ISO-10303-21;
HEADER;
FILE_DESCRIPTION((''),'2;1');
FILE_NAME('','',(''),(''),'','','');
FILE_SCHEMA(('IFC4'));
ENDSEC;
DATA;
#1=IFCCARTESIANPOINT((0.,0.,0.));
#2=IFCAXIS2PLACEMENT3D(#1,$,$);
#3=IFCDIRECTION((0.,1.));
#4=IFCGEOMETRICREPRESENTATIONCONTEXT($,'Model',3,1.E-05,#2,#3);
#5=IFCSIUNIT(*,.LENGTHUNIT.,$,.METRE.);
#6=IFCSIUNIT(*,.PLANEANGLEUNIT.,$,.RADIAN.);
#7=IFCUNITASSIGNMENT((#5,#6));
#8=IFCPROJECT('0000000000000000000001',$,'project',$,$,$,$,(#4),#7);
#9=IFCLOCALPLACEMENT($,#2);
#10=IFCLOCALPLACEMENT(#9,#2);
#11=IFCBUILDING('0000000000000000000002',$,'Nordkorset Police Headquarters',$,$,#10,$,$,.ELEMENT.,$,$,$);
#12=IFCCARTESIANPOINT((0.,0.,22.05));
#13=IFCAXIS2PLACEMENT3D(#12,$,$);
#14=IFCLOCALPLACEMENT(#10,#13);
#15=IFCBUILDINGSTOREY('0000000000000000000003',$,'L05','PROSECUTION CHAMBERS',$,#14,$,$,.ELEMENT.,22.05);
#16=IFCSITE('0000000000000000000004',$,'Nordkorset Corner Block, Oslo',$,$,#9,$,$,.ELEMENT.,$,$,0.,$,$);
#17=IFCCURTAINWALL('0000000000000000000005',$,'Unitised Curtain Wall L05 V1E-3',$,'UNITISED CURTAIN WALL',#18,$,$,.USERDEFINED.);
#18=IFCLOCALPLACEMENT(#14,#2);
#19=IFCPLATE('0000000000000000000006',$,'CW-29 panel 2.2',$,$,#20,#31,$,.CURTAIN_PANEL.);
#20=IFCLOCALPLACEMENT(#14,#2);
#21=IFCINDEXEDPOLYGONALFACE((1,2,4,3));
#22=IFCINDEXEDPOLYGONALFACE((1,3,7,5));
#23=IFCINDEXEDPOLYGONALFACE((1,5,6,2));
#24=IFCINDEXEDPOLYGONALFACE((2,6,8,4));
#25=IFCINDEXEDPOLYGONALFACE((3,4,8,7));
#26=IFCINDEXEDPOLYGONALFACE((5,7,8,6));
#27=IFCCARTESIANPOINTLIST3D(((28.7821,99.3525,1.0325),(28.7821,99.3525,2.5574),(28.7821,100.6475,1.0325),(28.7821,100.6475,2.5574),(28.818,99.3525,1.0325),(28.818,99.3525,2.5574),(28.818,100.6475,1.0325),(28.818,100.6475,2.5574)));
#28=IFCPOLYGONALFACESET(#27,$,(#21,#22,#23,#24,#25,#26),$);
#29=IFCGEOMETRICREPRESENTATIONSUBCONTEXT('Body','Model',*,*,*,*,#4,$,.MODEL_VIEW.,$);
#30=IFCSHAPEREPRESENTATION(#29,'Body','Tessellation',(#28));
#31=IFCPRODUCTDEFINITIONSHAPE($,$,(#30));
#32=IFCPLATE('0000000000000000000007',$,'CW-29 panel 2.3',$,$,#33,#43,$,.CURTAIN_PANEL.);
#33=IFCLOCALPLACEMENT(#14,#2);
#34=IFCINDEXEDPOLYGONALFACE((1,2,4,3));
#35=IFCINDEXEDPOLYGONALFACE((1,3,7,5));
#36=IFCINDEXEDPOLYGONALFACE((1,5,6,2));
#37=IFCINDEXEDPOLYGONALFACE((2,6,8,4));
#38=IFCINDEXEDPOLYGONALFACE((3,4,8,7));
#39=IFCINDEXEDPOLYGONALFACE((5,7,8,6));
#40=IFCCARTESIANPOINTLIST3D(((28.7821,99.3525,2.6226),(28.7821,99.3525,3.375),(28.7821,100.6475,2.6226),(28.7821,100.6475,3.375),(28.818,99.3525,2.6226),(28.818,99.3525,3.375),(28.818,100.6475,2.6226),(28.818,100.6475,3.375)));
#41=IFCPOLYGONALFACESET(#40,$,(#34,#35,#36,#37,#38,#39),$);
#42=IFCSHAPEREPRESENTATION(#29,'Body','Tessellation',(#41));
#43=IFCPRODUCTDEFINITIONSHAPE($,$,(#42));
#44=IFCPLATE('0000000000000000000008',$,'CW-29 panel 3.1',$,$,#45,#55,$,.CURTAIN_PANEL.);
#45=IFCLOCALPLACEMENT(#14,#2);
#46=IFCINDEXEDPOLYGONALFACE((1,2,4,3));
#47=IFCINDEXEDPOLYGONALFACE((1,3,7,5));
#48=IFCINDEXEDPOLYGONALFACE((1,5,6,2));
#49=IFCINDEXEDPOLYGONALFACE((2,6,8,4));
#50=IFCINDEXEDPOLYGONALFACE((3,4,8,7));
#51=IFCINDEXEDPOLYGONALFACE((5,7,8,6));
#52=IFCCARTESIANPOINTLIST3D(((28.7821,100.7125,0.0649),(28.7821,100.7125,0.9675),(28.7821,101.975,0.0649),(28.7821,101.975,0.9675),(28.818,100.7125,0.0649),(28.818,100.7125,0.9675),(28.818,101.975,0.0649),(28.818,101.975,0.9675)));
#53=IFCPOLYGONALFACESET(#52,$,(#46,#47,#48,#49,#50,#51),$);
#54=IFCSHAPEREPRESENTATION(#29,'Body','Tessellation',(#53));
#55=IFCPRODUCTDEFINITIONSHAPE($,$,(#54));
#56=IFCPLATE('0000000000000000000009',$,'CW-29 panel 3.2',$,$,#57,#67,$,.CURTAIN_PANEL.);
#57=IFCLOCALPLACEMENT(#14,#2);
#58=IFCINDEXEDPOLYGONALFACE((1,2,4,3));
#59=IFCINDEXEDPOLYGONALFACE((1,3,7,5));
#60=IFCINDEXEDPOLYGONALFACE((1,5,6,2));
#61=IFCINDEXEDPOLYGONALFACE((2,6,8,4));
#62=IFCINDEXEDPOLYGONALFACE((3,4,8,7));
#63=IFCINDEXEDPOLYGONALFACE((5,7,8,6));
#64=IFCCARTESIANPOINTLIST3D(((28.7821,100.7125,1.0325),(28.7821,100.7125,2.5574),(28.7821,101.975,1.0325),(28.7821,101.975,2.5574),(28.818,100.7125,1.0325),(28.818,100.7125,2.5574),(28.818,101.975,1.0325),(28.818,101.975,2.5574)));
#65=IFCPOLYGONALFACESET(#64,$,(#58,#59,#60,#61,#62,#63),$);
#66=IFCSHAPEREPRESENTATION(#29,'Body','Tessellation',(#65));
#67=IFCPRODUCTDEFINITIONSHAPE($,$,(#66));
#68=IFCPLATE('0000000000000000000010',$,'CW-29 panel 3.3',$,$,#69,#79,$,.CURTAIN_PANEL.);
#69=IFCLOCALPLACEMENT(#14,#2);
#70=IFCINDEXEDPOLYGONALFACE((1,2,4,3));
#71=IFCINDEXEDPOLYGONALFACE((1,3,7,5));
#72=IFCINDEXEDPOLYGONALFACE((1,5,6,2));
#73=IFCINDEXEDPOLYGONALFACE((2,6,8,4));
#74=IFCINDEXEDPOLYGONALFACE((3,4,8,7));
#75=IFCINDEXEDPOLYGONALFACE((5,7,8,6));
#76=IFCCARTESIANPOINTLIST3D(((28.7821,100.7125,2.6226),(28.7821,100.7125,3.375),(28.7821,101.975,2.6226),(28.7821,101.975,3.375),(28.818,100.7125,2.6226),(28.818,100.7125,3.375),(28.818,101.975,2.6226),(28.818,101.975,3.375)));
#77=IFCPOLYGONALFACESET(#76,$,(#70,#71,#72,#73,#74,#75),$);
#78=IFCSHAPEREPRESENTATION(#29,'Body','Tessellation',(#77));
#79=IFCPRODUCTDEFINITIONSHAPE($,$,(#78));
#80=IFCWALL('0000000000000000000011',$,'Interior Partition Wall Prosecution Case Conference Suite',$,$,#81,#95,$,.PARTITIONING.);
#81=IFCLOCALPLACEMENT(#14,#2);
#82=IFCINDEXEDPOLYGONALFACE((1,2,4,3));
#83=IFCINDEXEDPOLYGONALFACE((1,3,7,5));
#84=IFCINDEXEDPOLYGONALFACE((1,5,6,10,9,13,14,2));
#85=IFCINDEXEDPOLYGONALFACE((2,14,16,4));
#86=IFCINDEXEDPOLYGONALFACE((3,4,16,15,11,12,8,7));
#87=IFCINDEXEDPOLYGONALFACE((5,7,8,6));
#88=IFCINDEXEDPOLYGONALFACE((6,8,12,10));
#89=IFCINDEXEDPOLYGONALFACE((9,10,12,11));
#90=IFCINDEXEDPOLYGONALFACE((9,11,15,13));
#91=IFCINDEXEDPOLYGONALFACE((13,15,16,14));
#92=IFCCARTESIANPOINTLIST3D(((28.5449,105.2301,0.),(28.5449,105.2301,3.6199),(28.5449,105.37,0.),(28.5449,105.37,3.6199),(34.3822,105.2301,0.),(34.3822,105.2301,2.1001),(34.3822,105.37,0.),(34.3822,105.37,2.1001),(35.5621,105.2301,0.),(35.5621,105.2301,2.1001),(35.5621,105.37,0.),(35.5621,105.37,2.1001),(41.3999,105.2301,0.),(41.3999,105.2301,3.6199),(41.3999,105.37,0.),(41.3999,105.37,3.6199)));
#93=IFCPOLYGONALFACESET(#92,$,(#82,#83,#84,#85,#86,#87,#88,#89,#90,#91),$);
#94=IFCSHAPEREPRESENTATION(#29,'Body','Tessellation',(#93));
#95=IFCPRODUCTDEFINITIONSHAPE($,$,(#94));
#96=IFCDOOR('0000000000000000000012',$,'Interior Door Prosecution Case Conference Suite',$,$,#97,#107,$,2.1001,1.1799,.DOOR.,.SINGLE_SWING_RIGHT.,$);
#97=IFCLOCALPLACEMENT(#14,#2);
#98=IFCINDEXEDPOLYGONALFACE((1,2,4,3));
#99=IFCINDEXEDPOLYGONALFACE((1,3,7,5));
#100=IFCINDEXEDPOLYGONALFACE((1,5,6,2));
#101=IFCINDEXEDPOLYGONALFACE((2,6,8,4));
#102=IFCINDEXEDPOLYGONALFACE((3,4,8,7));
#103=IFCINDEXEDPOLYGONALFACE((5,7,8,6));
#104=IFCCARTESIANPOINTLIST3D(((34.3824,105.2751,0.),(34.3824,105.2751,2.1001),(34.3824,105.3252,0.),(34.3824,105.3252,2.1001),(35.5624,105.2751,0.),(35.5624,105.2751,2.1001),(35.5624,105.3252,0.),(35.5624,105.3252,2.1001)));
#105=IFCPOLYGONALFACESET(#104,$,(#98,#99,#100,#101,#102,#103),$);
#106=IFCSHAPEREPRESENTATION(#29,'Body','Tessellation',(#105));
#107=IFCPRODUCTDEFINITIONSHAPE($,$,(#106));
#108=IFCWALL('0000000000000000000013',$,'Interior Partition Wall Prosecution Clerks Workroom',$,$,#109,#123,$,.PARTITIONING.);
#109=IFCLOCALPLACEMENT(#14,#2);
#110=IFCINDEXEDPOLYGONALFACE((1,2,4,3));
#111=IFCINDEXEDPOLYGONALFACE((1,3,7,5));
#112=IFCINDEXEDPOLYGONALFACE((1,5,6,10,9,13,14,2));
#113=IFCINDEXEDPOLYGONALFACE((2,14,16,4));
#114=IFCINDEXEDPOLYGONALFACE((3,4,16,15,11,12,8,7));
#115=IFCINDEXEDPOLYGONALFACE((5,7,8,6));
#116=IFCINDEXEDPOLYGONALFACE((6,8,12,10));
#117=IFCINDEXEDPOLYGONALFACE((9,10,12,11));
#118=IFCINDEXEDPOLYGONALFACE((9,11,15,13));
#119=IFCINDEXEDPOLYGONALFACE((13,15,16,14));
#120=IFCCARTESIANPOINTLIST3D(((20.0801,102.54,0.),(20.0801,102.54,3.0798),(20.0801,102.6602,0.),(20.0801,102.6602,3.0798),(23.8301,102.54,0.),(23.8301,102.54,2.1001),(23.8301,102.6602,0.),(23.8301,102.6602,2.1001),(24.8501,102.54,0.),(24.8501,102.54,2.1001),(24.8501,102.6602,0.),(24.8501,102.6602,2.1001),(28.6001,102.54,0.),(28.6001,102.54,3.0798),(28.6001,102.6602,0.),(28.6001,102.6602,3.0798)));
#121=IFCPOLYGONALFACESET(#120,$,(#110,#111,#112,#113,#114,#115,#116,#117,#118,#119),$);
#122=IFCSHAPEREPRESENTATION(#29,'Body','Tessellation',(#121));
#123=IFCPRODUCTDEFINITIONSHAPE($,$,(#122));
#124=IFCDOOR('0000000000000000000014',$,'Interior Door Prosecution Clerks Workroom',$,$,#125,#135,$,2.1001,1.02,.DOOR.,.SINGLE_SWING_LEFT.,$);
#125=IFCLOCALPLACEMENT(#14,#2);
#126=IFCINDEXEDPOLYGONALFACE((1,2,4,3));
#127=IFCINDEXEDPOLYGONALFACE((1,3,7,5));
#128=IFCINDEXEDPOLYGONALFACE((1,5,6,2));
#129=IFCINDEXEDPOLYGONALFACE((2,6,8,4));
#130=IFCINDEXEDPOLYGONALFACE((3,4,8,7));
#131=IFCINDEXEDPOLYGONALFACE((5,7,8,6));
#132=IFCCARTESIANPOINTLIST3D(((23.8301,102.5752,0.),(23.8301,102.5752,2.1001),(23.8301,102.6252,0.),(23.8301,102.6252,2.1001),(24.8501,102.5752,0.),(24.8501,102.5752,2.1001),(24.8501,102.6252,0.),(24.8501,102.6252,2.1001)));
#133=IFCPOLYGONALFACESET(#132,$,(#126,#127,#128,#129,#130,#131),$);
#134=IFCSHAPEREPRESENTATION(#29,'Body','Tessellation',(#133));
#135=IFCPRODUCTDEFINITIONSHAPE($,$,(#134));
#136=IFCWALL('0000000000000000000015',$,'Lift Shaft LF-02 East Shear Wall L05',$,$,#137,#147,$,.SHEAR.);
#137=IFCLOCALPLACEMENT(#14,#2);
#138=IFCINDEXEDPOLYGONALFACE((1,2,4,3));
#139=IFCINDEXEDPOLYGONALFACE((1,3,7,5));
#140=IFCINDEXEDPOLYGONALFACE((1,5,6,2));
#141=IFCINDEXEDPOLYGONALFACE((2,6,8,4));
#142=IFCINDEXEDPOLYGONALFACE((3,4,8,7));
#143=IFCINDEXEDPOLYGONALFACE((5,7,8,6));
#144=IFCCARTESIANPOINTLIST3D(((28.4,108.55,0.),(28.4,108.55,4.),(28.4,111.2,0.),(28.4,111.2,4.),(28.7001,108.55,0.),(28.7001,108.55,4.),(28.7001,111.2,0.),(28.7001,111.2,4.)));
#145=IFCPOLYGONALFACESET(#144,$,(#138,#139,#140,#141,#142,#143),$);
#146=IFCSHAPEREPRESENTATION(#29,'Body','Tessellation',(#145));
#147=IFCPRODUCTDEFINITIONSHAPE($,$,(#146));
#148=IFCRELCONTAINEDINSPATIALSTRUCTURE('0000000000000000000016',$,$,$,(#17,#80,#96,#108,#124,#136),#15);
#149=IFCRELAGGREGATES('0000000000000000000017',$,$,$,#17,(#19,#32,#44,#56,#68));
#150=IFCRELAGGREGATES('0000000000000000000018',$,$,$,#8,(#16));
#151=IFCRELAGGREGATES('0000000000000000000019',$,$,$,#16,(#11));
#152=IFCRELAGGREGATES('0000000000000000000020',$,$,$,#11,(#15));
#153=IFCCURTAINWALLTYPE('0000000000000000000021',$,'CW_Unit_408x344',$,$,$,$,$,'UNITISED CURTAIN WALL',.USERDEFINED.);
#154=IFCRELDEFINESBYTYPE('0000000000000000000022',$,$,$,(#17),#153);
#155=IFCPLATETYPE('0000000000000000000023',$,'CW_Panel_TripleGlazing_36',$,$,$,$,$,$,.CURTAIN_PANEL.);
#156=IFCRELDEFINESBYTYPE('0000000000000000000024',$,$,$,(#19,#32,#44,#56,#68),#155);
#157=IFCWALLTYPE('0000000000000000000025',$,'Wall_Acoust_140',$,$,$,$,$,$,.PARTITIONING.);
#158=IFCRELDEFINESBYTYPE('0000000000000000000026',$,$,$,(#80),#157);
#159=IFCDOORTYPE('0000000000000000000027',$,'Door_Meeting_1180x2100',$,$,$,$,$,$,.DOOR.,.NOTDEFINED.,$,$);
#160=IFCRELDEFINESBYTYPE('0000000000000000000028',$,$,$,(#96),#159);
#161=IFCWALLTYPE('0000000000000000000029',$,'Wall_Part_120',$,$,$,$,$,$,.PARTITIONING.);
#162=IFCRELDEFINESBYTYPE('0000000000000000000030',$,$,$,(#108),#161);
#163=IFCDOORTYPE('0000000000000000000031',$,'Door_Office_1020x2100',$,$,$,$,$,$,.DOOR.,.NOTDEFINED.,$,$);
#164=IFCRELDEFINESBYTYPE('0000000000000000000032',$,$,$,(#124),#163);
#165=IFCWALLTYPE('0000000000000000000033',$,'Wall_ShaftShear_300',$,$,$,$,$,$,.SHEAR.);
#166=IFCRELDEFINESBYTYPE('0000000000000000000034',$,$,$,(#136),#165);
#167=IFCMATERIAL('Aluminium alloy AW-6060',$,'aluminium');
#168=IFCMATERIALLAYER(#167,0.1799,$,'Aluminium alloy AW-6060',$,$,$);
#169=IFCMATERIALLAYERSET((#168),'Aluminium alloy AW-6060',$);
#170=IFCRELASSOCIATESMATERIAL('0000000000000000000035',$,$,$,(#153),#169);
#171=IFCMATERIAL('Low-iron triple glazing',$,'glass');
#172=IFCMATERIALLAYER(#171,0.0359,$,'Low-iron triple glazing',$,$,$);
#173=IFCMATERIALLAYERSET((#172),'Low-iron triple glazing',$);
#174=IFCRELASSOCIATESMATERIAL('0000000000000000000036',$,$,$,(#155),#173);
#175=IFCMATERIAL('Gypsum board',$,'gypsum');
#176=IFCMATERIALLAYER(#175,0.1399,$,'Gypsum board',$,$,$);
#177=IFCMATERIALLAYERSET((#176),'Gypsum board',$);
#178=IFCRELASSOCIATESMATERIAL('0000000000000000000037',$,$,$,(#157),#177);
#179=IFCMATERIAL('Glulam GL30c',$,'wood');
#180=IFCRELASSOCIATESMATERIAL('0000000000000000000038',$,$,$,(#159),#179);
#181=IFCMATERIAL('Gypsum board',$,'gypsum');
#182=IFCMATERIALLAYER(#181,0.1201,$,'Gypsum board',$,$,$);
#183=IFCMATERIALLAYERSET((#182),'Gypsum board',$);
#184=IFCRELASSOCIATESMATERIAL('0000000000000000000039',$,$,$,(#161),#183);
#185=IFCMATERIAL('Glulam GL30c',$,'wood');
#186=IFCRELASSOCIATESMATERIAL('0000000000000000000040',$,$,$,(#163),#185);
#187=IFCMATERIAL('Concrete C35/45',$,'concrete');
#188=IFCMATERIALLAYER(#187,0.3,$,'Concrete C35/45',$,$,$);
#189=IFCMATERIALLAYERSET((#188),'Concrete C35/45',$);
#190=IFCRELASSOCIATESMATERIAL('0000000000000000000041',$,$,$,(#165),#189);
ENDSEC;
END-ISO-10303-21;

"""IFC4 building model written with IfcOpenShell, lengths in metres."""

from ifc_helpers import new_model, si_unit, direction, frame, frame_2d, origin, origin_2d, place, context, subcontext, project, spatial, rectangle, extrude, material, layer, layer_set, type_object, element, fill, aggregate, save


model = new_model("IFC4")

# Units and contexts
model_context = context("Model", 3, precision=1e-05, world=origin(), true_north=direction((0.0, 1.0)))
body_context = subcontext(model_context, "Body", "Model", "MODEL_VIEW")
ifc_project = project(units=[si_unit("LENGTHUNIT", "METRE"), si_unit("PLANEANGLEUNIT", "RADIAN")], contexts=[model_context])

# Site, building, storey
site_placement = place(None, origin())
site = spatial("IfcSite", under=ifc_project, at=site_placement, Name="Nordkorset Corner Block, Oslo", CompositionType="ELEMENT", RefElevation=0.0)
building_placement = place(site_placement, origin())
building = spatial("IfcBuilding", under=site, at=building_placement, Name="Nordkorset Police Headquarters", CompositionType="ELEMENT")
storey_placement = place(building_placement, frame((0.0, 0.0, 22.05)))
storey = spatial("IfcBuildingStorey", under=building, at=storey_placement, Name="L05", Description="PROSECUTION CHAMBERS", CompositionType="ELEMENT", Elevation=22.05)

# Curtain wall
ifc_material_1 = material(Name="Aluminium alloy AW-6060", Category="aluminium")
ifc_layer_1 = layer(ifc_material_1, 0.1799, Name="Aluminium alloy AW-6060")
ifc_layer_set_1 = layer_set([ifc_layer_1], Name="Aluminium alloy AW-6060")
curtain_wall_type = type_object("IfcCurtainWallType", Name="CW_Unit_408x344", ElementType="UNITISED CURTAIN WALL", PredefinedType="USERDEFINED", material=ifc_layer_set_1)
curtain_wall_placement = place(storey_placement, origin())
curtain_wall = element("IfcCurtainWall", 1, at=curtain_wall_placement, inside=storey, type_object=curtain_wall_type, Name="Unitised Curtain Wall L05 V1E-3", ObjectType="UNITISED CURTAIN WALL", PredefinedType="USERDEFINED")

# Plates
ifc_material_2 = material(Name="Low-iron triple glazing", Category="glass")
ifc_layer_2 = layer(ifc_material_2, 0.0359, Name="Low-iron triple glazing")
ifc_layer_set_2 = layer_set([ifc_layer_2], Name="Low-iron triple glazing")
plate_type = type_object("IfcPlateType", Name="CW_Panel_TripleGlazing_36", PredefinedType="CURTAIN_PANEL", material=ifc_layer_set_2)
plate_1_placement = place(storey_placement, frame((28.8, 100.0, 1.0325), z_axis=(0.0, 0.0, 1.0), x_axis=(0.0, 1.0, 0.0)))
plate_1 = element("IfcPlate", 2, at=plate_1_placement, type_object=plate_type, Name="CW-29 panel 2.2", PredefinedType="CURTAIN_PANEL", context=body_context, shape_type="SweptSolid", body=[
    extrude(rectangle(XDim=1.2949, YDim=0.0359, at=origin_2d()), origin(), (0.0, 0.0, 1.0), 1.5249),
])
plate_2_placement = place(storey_placement, frame((28.8, 100.0, 2.6226), z_axis=(0.0, 0.0, 1.0), x_axis=(0.0, 1.0, 0.0)))
plate_2 = element("IfcPlate", 3, at=plate_2_placement, type_object=plate_type, Name="CW-29 panel 2.3", PredefinedType="CURTAIN_PANEL", context=body_context, shape_type="SweptSolid", body=[
    extrude(rectangle(XDim=1.2949, YDim=0.0359, at=origin_2d()), origin(), (0.0, 0.0, 1.0), 0.7524),
])
plate_3_placement = place(storey_placement, frame((28.8, 101.3438, 0.0649), z_axis=(0.0, 0.0, 1.0), x_axis=(0.0, 1.0, 0.0)))
plate_3 = element("IfcPlate", 4, at=plate_3_placement, type_object=plate_type, Name="CW-29 panel 3.1", PredefinedType="CURTAIN_PANEL", context=body_context, shape_type="SweptSolid", body=[
    extrude(rectangle(XDim=1.2625, YDim=0.0359, at=origin_2d()), origin(), (0.0, 0.0, 1.0), 0.9026),
])
plate_4_placement = place(storey_placement, frame((28.8, 101.3438, 1.0325), z_axis=(0.0, 0.0, 1.0), x_axis=(0.0, 1.0, 0.0)))
plate_4 = element("IfcPlate", 5, at=plate_4_placement, type_object=plate_type, Name="CW-29 panel 3.2", PredefinedType="CURTAIN_PANEL", context=body_context, shape_type="SweptSolid", body=[
    extrude(rectangle(XDim=1.2625, YDim=0.0359, at=origin_2d()), origin(), (0.0, 0.0, 1.0), 1.5249),
])
plate_5_placement = place(storey_placement, frame((28.8, 101.3438, 2.6226), z_axis=(0.0, 0.0, 1.0), x_axis=(0.0, 1.0, 0.0)))
plate_5 = element("IfcPlate", 6, at=plate_5_placement, type_object=plate_type, Name="CW-29 panel 3.3", PredefinedType="CURTAIN_PANEL", context=body_context, shape_type="SweptSolid", body=[
    extrude(rectangle(XDim=1.2625, YDim=0.0359, at=origin_2d()), origin(), (0.0, 0.0, 1.0), 0.7524),
])
aggregate(curtain_wall, [plate_1, plate_2, plate_3, plate_4, plate_5])

# Walls, openings, doors
ifc_material_3 = material(Name="Gypsum board", Category="gypsum")
ifc_layer_3 = layer(ifc_material_3, 0.1399, Name="Gypsum board")
ifc_layer_set_3 = layer_set([ifc_layer_3], Name="Gypsum board")
wall_type_1 = type_object("IfcWallType", Name="Wall_Acoust_140", PredefinedType="PARTITIONING", material=ifc_layer_set_3)
wall_1_placement = place(storey_placement, frame((28.5449, 105.3, 0.0), z_axis=(0.0, 0.0, 1.0), x_axis=(1.0, 0.0, 0.0)))
wall_1 = element("IfcWall", 7, at=wall_1_placement, inside=storey, type_object=wall_type_1, Name="Interior Partition Wall Prosecution Case Conference Suite", PredefinedType="PARTITIONING", context=body_context, shape_type="SweptSolid", body=[
    extrude(rectangle(XDim=12.855, YDim=0.1399, at=frame_2d((6.4275, 0.0))), origin(), (0.0, 0.0, 1.0), 3.6199),
])
opening_1_placement = place(wall_1_placement, frame((5.8374, 0.0, 0.0)))
opening_1 = element("IfcOpeningElement", 8, at=opening_1_placement, cuts=wall_1, PredefinedType="OPENING", context=body_context, shape_type="SweptSolid", body=[
    extrude(rectangle(XDim=1.1799, YDim=2.1001, at=frame_2d((0.5898, 1.05))), frame((0.0, 0.0801, 0.0), z_axis=(0.0, -1.0, 0.0), x_axis=(1.0, 0.0, 0.0)), (0.0, 0.0, 1.0), 0.1599),
])
ifc_material_4 = material(Name="Glulam GL30c", Category="wood")
door_type_1 = type_object("IfcDoorType", Name="Door_Meeting_1180x2100", OperationType="NOTDEFINED", PredefinedType="DOOR", material=ifc_material_4)
door_1_placement = place(opening_1_placement, frame((1.1799, 0.0, 0.0), z_axis=(0.0, 0.0, 1.0), x_axis=(-1.0, 0.0, 0.0)))
door_1 = element("IfcDoor", 9, at=door_1_placement, inside=storey, type_object=door_type_1, Name="Interior Door Prosecution Case Conference Suite", OperationType="SINGLE_SWING_RIGHT", OverallHeight=2.1001, OverallWidth=1.1799, PredefinedType="DOOR", context=body_context, shape_type="SweptSolid", body=[
    extrude(rectangle(XDim=1.1799, YDim=2.1001, at=frame_2d((0.5898, 1.05))), frame((0.0, 0.0249, 0.0), z_axis=(0.0, -1.0, 0.0), x_axis=(1.0, 0.0, 0.0)), (0.0, 0.0, 1.0), 0.05),
])
fill(opening_1, door_1)
ifc_material_5 = material(Name="Gypsum board", Category="gypsum")
ifc_layer_4 = layer(ifc_material_5, 0.1201, Name="Gypsum board")
ifc_layer_set_4 = layer_set([ifc_layer_4], Name="Gypsum board")
wall_type_2 = type_object("IfcWallType", Name="Wall_Part_120", PredefinedType="PARTITIONING", material=ifc_layer_set_4)
wall_2_placement = place(storey_placement, frame((28.6001, 102.6001, 0.0), z_axis=(0.0, 0.0, 1.0), x_axis=(-1.0, 0.0, 0.0)))
wall_2 = element("IfcWall", 10, at=wall_2_placement, inside=storey, type_object=wall_type_2, Name="Interior Partition Wall Prosecution Clerks Workroom", PredefinedType="PARTITIONING", context=body_context, shape_type="SweptSolid", body=[
    extrude(rectangle(XDim=8.52, YDim=0.1201, at=frame_2d((4.26, 0.0))), origin(), (0.0, 0.0, 1.0), 3.0798),
])
opening_2_placement = place(wall_2_placement, frame((3.75, 0.0, 0.0)))
opening_2 = element("IfcOpeningElement", 11, at=opening_2_placement, cuts=wall_2, PredefinedType="OPENING", context=body_context, shape_type="SweptSolid", body=[
    extrude(rectangle(XDim=1.02, YDim=2.1001, at=frame_2d((0.51, 1.05))), frame((0.0, 0.0701, 0.0), z_axis=(0.0, -1.0, 0.0), x_axis=(1.0, 0.0, 0.0)), (0.0, 0.0, 1.0), 0.1401),
])
ifc_material_6 = material(Name="Glulam GL30c", Category="wood")
door_type_2 = type_object("IfcDoorType", Name="Door_Office_1020x2100", OperationType="NOTDEFINED", PredefinedType="DOOR", material=ifc_material_6)
door_2_placement = place(opening_2_placement, origin())
door_2 = element("IfcDoor", 12, at=door_2_placement, inside=storey, type_object=door_type_2, Name="Interior Door Prosecution Clerks Workroom", OperationType="SINGLE_SWING_LEFT", OverallHeight=2.1001, OverallWidth=1.02, PredefinedType="DOOR", context=body_context, shape_type="SweptSolid", body=[
    extrude(rectangle(XDim=1.02, YDim=2.1001, at=frame_2d((0.51, 1.05))), frame((0.0, 0.0249, 0.0), z_axis=(0.0, -1.0, 0.0), x_axis=(1.0, 0.0, 0.0)), (0.0, 0.0, 1.0), 0.05),
])
fill(opening_2, door_2)

# Wall
ifc_material_7 = material(Name="Concrete C35/45", Category="concrete")
ifc_layer_5 = layer(ifc_material_7, 0.3, Name="Concrete C35/45")
ifc_layer_set_5 = layer_set([ifc_layer_5], Name="Concrete C35/45")
wall_type_3 = type_object("IfcWallType", Name="Wall_ShaftShear_300", PredefinedType="SHEAR", material=ifc_layer_set_5)
wall_3_placement = place(storey_placement, frame((28.55, 108.55, 0.0), z_axis=(0.0, 0.0, 1.0), x_axis=(0.0, 1.0, 0.0)))
element("IfcWall", 13, at=wall_3_placement, inside=storey, type_object=wall_type_3, Name="Lift Shaft LF-02 East Shear Wall L05", PredefinedType="SHEAR", context=body_context, shape_type="SweptSolid", body=[
    extrude(rectangle(XDim=2.6499, YDim=0.3, at=frame_2d((1.325, 0.0))), origin(), (0.0, 0.0, 1.0), 4.0),
])

save(model, "model.ifc")
